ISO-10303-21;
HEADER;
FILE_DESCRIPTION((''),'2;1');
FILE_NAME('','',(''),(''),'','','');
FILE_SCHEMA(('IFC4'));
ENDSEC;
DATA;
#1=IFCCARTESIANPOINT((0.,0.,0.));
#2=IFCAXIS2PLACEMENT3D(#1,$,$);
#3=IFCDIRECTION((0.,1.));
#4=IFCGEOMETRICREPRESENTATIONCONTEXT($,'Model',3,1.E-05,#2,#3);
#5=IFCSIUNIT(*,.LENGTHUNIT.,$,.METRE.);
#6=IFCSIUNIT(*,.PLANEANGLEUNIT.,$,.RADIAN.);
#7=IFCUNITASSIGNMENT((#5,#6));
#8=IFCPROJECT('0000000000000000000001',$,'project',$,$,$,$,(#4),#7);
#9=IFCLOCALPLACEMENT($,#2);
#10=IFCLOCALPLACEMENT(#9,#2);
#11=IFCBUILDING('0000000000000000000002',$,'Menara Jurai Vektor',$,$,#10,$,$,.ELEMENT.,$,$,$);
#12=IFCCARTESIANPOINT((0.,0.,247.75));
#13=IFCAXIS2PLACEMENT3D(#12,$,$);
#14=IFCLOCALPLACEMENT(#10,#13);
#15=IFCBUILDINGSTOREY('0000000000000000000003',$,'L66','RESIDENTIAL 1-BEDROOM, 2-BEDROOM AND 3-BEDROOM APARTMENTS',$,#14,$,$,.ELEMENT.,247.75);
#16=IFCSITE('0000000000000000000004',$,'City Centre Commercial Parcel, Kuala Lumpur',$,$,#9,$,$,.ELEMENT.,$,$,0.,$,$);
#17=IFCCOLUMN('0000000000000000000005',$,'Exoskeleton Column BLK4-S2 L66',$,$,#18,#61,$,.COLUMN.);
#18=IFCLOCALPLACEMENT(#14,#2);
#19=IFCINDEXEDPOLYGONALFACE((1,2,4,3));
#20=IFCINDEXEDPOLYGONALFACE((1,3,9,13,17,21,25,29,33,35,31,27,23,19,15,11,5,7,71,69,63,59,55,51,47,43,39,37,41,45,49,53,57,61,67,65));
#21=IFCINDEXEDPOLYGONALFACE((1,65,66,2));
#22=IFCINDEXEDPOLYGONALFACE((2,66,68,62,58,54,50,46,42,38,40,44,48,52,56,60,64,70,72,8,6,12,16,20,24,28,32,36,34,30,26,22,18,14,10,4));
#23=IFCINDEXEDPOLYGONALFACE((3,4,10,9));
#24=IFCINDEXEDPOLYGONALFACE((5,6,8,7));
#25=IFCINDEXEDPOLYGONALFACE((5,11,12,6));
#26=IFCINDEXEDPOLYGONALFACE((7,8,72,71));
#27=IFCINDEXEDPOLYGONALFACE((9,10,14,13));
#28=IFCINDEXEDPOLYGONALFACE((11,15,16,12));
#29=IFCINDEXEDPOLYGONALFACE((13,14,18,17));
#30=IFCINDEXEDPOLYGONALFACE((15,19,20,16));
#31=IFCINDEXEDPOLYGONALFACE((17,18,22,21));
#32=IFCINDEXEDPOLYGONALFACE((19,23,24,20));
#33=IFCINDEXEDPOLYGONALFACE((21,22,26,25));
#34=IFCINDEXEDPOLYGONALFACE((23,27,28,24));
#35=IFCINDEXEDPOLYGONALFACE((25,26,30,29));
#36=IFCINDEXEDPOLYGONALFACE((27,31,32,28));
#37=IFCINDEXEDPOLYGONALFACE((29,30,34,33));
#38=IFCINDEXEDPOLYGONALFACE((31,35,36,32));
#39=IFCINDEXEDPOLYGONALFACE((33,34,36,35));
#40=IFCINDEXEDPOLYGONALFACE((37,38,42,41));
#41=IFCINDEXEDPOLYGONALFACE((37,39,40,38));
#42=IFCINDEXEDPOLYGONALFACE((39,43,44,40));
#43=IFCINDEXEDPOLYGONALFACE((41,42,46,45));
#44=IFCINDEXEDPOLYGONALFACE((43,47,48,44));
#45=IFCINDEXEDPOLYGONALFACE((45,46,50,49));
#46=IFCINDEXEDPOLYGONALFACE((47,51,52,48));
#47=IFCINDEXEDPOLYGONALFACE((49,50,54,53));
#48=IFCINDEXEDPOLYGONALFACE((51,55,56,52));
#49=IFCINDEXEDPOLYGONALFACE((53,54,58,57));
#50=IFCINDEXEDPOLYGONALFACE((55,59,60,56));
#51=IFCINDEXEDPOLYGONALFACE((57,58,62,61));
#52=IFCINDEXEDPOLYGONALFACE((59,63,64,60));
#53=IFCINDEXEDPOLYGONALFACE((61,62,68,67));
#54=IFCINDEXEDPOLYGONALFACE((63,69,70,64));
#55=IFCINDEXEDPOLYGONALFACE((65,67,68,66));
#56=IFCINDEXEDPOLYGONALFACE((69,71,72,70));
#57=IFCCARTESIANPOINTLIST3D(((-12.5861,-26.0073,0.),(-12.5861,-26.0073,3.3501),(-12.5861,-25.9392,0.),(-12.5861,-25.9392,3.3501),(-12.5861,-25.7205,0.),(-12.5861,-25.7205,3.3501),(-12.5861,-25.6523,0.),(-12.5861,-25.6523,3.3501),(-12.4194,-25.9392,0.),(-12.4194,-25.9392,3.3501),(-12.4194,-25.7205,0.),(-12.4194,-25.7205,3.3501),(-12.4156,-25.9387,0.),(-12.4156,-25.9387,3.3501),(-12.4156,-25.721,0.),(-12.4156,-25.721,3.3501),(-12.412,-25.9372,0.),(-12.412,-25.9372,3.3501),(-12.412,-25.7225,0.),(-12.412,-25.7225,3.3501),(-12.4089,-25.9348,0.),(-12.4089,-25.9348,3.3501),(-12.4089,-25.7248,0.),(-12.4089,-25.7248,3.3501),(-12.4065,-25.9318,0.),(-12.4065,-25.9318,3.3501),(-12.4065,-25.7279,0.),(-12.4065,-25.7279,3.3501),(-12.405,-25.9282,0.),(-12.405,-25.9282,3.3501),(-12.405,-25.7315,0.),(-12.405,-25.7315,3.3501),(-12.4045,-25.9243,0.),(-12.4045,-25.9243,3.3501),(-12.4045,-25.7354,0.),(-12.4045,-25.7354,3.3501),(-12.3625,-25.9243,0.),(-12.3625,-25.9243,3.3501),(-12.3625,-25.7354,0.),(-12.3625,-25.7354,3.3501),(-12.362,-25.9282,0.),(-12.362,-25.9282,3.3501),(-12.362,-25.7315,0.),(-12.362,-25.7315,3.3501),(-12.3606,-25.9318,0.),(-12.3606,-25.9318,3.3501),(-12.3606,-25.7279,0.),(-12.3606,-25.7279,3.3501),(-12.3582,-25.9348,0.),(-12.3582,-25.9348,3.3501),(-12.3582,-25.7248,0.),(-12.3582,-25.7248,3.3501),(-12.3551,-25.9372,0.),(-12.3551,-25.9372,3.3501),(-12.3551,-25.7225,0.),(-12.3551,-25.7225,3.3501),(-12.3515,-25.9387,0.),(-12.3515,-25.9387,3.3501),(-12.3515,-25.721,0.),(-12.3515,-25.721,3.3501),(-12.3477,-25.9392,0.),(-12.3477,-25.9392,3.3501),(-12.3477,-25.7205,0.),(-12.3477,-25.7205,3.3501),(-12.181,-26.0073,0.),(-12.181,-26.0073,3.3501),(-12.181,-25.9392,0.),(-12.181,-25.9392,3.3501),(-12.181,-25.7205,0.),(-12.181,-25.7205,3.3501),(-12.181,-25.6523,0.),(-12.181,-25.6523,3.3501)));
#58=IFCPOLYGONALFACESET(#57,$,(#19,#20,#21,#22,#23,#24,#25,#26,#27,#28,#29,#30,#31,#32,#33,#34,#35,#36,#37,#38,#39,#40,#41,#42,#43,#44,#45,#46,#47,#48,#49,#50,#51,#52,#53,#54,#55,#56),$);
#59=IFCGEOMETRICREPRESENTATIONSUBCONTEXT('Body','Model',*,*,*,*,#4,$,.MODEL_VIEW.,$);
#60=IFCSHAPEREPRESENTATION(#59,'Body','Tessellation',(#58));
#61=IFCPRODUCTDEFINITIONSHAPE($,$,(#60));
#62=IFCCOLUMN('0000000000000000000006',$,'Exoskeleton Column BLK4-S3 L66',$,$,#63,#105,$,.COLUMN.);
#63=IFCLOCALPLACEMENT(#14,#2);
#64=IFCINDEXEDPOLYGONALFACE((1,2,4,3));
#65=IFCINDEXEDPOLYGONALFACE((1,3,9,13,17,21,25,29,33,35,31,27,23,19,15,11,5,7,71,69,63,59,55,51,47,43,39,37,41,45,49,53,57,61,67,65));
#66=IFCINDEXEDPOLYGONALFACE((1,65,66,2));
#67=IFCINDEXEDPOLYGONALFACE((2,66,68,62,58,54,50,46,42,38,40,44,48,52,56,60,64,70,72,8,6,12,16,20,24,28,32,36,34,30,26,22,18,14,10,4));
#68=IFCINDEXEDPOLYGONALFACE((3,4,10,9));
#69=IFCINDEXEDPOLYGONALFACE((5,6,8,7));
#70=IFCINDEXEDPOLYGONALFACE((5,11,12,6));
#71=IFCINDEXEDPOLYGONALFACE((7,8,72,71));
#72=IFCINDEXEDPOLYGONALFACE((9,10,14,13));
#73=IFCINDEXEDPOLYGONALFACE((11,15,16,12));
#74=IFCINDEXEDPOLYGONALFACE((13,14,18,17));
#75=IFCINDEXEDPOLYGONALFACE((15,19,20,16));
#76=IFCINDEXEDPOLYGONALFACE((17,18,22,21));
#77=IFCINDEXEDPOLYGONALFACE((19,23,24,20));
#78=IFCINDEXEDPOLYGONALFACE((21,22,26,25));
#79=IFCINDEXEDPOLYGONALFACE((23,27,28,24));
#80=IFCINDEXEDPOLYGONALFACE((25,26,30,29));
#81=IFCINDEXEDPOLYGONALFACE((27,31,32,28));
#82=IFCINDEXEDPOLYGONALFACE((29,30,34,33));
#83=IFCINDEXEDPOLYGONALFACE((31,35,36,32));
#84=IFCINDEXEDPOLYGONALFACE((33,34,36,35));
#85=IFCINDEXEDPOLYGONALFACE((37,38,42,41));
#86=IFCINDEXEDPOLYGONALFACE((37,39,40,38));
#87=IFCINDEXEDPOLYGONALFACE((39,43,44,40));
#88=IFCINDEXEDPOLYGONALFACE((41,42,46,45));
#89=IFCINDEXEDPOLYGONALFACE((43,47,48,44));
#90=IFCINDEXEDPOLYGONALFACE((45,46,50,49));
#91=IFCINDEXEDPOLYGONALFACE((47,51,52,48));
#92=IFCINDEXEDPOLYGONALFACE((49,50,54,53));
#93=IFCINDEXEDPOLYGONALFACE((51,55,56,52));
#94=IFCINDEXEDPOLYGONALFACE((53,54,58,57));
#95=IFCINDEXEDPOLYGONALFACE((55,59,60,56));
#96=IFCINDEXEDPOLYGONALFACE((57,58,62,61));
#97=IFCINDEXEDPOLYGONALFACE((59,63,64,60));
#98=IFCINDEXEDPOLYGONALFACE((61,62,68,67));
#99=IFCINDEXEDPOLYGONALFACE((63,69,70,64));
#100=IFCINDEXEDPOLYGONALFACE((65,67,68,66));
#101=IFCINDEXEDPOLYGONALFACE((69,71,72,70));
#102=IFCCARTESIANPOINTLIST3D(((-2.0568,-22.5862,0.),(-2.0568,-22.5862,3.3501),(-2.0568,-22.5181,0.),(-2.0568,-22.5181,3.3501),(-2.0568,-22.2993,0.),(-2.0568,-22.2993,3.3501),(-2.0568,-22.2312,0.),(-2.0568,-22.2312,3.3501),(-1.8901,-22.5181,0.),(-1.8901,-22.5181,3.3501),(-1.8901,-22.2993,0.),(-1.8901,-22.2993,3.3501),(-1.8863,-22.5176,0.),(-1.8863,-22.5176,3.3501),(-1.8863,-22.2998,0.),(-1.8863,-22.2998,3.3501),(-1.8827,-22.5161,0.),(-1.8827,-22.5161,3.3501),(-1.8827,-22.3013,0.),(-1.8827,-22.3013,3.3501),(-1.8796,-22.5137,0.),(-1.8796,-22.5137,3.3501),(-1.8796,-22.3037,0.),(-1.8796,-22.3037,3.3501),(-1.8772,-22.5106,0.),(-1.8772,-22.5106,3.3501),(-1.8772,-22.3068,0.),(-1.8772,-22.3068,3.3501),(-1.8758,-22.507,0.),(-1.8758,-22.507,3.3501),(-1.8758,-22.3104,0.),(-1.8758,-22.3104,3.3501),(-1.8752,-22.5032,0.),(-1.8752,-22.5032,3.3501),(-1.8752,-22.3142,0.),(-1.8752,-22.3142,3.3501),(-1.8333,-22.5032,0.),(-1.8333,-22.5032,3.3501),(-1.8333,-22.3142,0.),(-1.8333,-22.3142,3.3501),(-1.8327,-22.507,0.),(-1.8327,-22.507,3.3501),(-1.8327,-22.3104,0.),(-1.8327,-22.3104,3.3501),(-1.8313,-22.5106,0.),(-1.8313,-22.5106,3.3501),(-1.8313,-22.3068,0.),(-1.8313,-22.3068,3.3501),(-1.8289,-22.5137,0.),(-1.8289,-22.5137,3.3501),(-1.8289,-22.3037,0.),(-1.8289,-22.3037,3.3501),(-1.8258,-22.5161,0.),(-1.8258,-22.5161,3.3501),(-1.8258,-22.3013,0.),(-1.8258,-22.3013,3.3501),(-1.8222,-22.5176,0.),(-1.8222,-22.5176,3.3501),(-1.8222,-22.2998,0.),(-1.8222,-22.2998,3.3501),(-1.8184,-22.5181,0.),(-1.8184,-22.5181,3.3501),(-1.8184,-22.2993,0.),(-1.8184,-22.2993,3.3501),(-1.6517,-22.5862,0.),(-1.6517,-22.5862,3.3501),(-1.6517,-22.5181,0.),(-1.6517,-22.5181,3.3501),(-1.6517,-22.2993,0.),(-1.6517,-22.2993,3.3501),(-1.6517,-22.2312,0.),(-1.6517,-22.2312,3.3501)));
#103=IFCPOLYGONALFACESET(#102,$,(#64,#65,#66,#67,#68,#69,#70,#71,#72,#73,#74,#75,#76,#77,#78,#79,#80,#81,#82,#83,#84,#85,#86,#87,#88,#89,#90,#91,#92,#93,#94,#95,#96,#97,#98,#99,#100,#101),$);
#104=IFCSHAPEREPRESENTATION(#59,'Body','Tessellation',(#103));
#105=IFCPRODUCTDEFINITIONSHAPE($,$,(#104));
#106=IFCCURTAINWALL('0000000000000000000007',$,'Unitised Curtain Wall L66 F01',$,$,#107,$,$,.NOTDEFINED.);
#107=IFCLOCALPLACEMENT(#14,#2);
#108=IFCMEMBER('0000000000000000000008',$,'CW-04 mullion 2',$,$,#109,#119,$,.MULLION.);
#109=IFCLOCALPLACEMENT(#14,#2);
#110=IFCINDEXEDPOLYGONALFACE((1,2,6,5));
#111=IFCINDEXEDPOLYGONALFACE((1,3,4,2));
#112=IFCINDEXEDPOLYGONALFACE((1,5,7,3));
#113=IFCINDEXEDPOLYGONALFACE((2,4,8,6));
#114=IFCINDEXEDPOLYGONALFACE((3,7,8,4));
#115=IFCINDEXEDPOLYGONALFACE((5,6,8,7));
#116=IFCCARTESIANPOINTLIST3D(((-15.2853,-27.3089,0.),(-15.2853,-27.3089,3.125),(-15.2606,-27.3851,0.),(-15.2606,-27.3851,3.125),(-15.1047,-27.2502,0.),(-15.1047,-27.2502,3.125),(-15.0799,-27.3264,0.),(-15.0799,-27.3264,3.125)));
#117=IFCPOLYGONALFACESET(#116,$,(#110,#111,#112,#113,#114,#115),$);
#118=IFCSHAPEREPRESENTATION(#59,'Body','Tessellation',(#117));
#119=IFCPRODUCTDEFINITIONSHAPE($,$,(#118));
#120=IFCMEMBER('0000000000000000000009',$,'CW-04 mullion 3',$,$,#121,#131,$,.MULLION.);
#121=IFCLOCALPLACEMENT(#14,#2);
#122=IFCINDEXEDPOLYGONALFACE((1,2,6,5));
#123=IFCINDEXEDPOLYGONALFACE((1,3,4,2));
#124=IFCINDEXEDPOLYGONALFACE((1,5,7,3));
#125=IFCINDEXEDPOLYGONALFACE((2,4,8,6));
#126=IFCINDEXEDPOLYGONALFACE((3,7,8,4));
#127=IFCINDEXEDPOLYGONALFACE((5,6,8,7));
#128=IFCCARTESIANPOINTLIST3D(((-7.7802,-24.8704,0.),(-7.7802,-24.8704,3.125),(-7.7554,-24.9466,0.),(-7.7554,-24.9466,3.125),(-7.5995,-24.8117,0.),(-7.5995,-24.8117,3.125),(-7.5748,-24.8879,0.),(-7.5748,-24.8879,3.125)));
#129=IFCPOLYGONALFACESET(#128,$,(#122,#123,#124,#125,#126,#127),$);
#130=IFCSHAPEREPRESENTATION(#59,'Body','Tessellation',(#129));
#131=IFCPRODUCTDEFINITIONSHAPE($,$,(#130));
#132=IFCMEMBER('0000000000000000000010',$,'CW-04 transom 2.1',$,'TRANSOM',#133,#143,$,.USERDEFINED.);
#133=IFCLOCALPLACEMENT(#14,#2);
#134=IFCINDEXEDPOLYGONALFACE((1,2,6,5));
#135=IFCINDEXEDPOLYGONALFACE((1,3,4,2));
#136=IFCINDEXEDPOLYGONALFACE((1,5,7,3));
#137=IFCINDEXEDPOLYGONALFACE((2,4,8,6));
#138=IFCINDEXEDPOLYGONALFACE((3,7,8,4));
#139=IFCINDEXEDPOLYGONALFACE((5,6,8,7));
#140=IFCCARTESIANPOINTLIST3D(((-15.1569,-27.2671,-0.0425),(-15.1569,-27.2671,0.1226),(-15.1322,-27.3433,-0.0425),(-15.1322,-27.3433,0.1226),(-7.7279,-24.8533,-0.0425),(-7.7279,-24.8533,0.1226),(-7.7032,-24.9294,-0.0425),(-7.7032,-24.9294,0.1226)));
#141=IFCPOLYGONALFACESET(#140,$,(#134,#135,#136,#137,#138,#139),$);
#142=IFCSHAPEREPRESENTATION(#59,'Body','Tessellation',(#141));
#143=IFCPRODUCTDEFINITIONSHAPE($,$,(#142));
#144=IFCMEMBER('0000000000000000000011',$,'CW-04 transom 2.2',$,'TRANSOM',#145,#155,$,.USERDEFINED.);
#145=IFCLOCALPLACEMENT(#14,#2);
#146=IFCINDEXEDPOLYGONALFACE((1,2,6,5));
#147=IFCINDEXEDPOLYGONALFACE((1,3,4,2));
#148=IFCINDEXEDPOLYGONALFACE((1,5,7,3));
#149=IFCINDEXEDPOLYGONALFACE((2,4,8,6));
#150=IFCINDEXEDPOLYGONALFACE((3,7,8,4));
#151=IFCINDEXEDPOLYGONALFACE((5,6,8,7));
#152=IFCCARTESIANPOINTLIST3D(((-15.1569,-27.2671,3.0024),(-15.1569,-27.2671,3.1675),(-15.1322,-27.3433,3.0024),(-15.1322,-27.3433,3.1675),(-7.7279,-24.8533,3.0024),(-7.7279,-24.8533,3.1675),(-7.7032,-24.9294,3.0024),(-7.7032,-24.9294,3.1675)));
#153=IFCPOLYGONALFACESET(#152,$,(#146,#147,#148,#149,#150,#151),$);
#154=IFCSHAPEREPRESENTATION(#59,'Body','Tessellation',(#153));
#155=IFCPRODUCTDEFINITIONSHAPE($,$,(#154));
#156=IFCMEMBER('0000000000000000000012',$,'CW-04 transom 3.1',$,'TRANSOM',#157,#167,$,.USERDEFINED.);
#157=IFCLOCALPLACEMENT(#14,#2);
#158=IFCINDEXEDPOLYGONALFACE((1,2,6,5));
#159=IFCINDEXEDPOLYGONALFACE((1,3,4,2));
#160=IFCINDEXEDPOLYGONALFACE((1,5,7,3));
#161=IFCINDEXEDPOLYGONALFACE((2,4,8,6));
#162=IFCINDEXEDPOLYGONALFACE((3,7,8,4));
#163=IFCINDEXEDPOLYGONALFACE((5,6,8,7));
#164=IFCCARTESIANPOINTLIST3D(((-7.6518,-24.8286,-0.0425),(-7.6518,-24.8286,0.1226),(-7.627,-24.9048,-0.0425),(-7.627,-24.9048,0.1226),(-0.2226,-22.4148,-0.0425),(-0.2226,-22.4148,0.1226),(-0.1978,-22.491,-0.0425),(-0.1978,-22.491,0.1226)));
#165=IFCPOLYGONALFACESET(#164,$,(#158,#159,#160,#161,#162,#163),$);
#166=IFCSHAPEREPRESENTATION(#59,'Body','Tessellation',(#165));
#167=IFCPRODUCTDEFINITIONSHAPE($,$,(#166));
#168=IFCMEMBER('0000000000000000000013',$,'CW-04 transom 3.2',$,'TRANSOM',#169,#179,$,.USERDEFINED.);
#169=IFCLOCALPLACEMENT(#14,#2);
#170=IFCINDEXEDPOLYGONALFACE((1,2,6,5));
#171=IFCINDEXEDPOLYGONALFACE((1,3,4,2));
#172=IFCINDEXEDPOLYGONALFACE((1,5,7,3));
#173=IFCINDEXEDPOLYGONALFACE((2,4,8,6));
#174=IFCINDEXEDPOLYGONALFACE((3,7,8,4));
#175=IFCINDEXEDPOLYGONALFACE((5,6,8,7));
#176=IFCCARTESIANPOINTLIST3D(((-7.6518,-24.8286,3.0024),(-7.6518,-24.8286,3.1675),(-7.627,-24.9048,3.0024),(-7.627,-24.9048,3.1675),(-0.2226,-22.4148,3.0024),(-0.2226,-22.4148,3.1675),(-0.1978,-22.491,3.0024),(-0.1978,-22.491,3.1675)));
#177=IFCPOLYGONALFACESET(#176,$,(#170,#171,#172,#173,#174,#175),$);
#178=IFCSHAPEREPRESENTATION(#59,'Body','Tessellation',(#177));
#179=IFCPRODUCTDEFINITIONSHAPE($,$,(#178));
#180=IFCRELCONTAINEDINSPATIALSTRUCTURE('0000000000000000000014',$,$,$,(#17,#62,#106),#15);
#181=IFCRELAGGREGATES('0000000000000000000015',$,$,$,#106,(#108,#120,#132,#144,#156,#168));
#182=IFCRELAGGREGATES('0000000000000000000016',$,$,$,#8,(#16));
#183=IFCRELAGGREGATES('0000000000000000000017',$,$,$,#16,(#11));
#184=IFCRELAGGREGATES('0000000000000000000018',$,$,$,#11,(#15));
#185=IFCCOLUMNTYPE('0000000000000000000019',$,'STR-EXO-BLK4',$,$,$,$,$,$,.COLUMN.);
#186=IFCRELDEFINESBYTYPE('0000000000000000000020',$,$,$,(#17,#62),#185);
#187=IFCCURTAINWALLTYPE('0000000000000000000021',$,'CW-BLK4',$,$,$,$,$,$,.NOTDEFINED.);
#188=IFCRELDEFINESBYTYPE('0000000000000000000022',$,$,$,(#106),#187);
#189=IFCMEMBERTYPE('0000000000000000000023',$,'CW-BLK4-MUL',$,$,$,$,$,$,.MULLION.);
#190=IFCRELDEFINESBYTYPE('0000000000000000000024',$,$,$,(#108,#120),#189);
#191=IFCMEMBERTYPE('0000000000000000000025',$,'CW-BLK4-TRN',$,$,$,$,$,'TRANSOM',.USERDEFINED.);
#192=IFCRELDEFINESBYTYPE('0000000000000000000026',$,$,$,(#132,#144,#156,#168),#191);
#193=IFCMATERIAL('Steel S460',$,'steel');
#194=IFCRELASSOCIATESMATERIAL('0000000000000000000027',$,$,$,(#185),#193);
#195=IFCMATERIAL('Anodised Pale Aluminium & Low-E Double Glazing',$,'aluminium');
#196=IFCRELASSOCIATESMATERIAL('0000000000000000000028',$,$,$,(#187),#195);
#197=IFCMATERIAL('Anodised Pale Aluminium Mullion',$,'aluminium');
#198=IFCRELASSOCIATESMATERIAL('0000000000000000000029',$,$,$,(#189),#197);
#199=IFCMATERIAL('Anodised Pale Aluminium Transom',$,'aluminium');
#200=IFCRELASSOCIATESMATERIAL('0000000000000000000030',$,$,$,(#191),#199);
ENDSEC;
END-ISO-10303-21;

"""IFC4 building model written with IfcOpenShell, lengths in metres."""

from ifc_helpers import new_model, si_unit, direction, frame, origin, origin_2d, place, context, subcontext, project, spatial, rectangle, i_section, extrude, material, material_profile, profile_set, type_object, element, aggregate, save


model = new_model("IFC4")

# Units and contexts
model_context = context("Model", 3, precision=1e-05, world=origin(), true_north=direction((0.0, 1.0)))
body_context = subcontext(model_context, "Body", "Model", "MODEL_VIEW")
ifc_project = project(units=[si_unit("LENGTHUNIT", "METRE"), si_unit("PLANEANGLEUNIT", "RADIAN")], contexts=[model_context])

# Site, building, storey
site_placement = place(None, origin())
site = spatial("IfcSite", under=ifc_project, at=site_placement, Name="City Centre Commercial Parcel, Kuala Lumpur", CompositionType="ELEMENT", RefElevation=0.0)
building_placement = place(site_placement, origin())
building = spatial("IfcBuilding", under=site, at=building_placement, Name="Menara Jurai Vektor", CompositionType="ELEMENT")
storey_placement = place(building_placement, frame((0.0, 0.0, 247.75)))
storey = spatial("IfcBuildingStorey", under=building, at=storey_placement, Name="L66", Description="RESIDENTIAL 1-BEDROOM, 2-BEDROOM AND 3-BEDROOM APARTMENTS", CompositionType="ELEMENT", Elevation=247.75)

# Columns
ifc_material_1 = material(Name="Steel S460", Category="steel")
ifc_material_profile_1 = material_profile(ifc_material_1, i_section(OverallWidth=0.405, OverallDepth=0.355, WebThickness=0.042, FlangeThickness=0.0681, FilletRadius=0.0149, at=origin_2d()), Name="HD 400x551")
ifc_profile_set_1 = profile_set([ifc_material_profile_1], Name="Steel S460")
column_type = type_object("IfcColumnType", Name="STR-EXO-BLK4", PredefinedType="COLUMN", material=ifc_profile_set_1)
for number, where, z_axis, x_axis, name in (
    (1, (-12.3835, -25.8298, 0.0), (0.0, 0.0, 1.0), (1.0, 0.0, 0.0), "Exoskeleton Column BLK4-S2 L66"),
    (2, (-1.8542, -22.4087, 0.0), (0.0, 0.0, 1.0), (1.0, 0.0, 0.0), "Exoskeleton Column BLK4-S3 L66"),
):
    element("IfcColumn", number, at=place(storey_placement, frame(where, z_axis=z_axis, x_axis=x_axis)), inside=storey, type_object=column_type, Name=name, PredefinedType="COLUMN", context=body_context, shape_type="SweptSolid", body=[
        extrude(i_section(OverallWidth=0.405, OverallDepth=0.355, WebThickness=0.042, FlangeThickness=0.0681, FilletRadius=0.0149, at=origin_2d()), origin(), (0.0, 0.0, 1.0), 3.3501),
    ])

# Curtain wall, members
ifc_material_2 = material(Name="Anodised Pale Aluminium & Low-E Double Glazing", Category="aluminium")
curtain_wall_type = type_object("IfcCurtainWallType", Name="CW-BLK4", PredefinedType="NOTDEFINED", material=ifc_material_2)
curtain_wall_placement = place(storey_placement, origin())
curtain_wall = element("IfcCurtainWall", 3, at=curtain_wall_placement, inside=storey, type_object=curtain_wall_type, Name="Unitised Curtain Wall L66 F01", PredefinedType="NOTDEFINED")
ifc_material_3 = material(Name="Anodised Pale Aluminium Mullion", Category="aluminium")
ifc_material_profile_2 = material_profile(ifc_material_3, rectangle(XDim=0.0801, YDim=0.1899, at=origin_2d()), Name="ALU MUL 80x190")
ifc_profile_set_2 = profile_set([ifc_material_profile_2], Name="Anodised Pale Aluminium Mullion")
member_type_1 = type_object("IfcMemberType", Name="CW-BLK4-MUL", PredefinedType="MULLION", material=ifc_profile_set_2)
member_1_placement = place(storey_placement, frame((-15.1826, -27.3176, 0.0), z_axis=(0.0, 0.0, 1.0), x_axis=(-0.309017, 0.951056, 0.0)))
member_1 = element("IfcMember", 4, at=member_1_placement, type_object=member_type_1, Name="CW-04 mullion 2", PredefinedType="MULLION", context=body_context, shape_type="SweptSolid", body=[
    extrude(rectangle(XDim=0.0801, YDim=0.1899, at=origin_2d()), origin(), (0.0, 0.0, 1.0), 3.125),
])
member_2_placement = place(storey_placement, frame((-7.6775, -24.8792, 0.0), z_axis=(0.0, 0.0, 1.0), x_axis=(-0.309017, 0.951056, 0.0)))
member_2 = element("IfcMember", 5, at=member_2_placement, type_object=member_type_1, Name="CW-04 mullion 3", PredefinedType="MULLION", context=body_context, shape_type="SweptSolid", body=[
    extrude(rectangle(XDim=0.0801, YDim=0.1899, at=origin_2d()), origin(), (0.0, 0.0, 1.0), 3.125),
])
ifc_material_4 = material(Name="Anodised Pale Aluminium Transom", Category="aluminium")
ifc_material_profile_3 = material_profile(ifc_material_4, rectangle(XDim=0.0801, YDim=0.165, at=origin_2d()), Name="ALU TRN 80x165")
ifc_profile_set_3 = profile_set([ifc_material_profile_3], Name="Anodised Pale Aluminium Transom")
member_type_2 = type_object("IfcMemberType", Name="CW-BLK4-TRN", ElementType="TRANSOM", PredefinedType="USERDEFINED", material=ifc_profile_set_3)
member_3_placement = place(storey_placement, frame((-15.1445, -27.3052, 0.04), z_axis=(0.951056, 0.309018, 0.0), x_axis=(-0.309018, 0.951056, 0.0)))
member_3 = element("IfcMember", 6, at=member_3_placement, type_object=member_type_2, Name="CW-04 transom 2.1", ObjectType="TRANSOM", PredefinedType="USERDEFINED", context=body_context, shape_type="SweptSolid", body=[
    extrude(rectangle(XDim=0.0801, YDim=0.165, at=origin_2d()), origin(), (0.0, 0.0, 1.0), 7.8113),
])
member_4_placement = place(storey_placement, frame((-15.1445, -27.3052, 3.085), z_axis=(0.951056, 0.309018, 0.0), x_axis=(-0.309018, 0.951056, 0.0)))
member_4 = element("IfcMember", 7, at=member_4_placement, type_object=member_type_2, Name="CW-04 transom 2.2", ObjectType="TRANSOM", PredefinedType="USERDEFINED", context=body_context, shape_type="SweptSolid", body=[
    extrude(rectangle(XDim=0.0801, YDim=0.165, at=origin_2d()), origin(), (0.0, 0.0, 1.0), 7.8113),
])
member_5_placement = place(storey_placement, frame((-7.6394, -24.8667, 0.04), z_axis=(0.951059, 0.309008, 0.0), x_axis=(-0.309008, 0.951059, 0.0)))
member_5 = element("IfcMember", 8, at=member_5_placement, type_object=member_type_2, Name="CW-04 transom 3.1", ObjectType="TRANSOM", PredefinedType="USERDEFINED", context=body_context, shape_type="SweptSolid", body=[
    extrude(rectangle(XDim=0.0801, YDim=0.165, at=origin_2d()), origin(), (0.0, 0.0, 1.0), 7.8115),
])
member_6_placement = place(storey_placement, frame((-7.6394, -24.8667, 3.085), z_axis=(0.951059, 0.309008, 0.0), x_axis=(-0.309008, 0.951059, 0.0)))
member_6 = element("IfcMember", 9, at=member_6_placement, type_object=member_type_2, Name="CW-04 transom 3.2", ObjectType="TRANSOM", PredefinedType="USERDEFINED", context=body_context, shape_type="SweptSolid", body=[
    extrude(rectangle(XDim=0.0801, YDim=0.165, at=origin_2d()), origin(), (0.0, 0.0, 1.0), 7.8115),
])

aggregate(curtain_wall, [member_1, member_2, member_3, member_4, member_5, member_6])

save(model, "model.ifc")
